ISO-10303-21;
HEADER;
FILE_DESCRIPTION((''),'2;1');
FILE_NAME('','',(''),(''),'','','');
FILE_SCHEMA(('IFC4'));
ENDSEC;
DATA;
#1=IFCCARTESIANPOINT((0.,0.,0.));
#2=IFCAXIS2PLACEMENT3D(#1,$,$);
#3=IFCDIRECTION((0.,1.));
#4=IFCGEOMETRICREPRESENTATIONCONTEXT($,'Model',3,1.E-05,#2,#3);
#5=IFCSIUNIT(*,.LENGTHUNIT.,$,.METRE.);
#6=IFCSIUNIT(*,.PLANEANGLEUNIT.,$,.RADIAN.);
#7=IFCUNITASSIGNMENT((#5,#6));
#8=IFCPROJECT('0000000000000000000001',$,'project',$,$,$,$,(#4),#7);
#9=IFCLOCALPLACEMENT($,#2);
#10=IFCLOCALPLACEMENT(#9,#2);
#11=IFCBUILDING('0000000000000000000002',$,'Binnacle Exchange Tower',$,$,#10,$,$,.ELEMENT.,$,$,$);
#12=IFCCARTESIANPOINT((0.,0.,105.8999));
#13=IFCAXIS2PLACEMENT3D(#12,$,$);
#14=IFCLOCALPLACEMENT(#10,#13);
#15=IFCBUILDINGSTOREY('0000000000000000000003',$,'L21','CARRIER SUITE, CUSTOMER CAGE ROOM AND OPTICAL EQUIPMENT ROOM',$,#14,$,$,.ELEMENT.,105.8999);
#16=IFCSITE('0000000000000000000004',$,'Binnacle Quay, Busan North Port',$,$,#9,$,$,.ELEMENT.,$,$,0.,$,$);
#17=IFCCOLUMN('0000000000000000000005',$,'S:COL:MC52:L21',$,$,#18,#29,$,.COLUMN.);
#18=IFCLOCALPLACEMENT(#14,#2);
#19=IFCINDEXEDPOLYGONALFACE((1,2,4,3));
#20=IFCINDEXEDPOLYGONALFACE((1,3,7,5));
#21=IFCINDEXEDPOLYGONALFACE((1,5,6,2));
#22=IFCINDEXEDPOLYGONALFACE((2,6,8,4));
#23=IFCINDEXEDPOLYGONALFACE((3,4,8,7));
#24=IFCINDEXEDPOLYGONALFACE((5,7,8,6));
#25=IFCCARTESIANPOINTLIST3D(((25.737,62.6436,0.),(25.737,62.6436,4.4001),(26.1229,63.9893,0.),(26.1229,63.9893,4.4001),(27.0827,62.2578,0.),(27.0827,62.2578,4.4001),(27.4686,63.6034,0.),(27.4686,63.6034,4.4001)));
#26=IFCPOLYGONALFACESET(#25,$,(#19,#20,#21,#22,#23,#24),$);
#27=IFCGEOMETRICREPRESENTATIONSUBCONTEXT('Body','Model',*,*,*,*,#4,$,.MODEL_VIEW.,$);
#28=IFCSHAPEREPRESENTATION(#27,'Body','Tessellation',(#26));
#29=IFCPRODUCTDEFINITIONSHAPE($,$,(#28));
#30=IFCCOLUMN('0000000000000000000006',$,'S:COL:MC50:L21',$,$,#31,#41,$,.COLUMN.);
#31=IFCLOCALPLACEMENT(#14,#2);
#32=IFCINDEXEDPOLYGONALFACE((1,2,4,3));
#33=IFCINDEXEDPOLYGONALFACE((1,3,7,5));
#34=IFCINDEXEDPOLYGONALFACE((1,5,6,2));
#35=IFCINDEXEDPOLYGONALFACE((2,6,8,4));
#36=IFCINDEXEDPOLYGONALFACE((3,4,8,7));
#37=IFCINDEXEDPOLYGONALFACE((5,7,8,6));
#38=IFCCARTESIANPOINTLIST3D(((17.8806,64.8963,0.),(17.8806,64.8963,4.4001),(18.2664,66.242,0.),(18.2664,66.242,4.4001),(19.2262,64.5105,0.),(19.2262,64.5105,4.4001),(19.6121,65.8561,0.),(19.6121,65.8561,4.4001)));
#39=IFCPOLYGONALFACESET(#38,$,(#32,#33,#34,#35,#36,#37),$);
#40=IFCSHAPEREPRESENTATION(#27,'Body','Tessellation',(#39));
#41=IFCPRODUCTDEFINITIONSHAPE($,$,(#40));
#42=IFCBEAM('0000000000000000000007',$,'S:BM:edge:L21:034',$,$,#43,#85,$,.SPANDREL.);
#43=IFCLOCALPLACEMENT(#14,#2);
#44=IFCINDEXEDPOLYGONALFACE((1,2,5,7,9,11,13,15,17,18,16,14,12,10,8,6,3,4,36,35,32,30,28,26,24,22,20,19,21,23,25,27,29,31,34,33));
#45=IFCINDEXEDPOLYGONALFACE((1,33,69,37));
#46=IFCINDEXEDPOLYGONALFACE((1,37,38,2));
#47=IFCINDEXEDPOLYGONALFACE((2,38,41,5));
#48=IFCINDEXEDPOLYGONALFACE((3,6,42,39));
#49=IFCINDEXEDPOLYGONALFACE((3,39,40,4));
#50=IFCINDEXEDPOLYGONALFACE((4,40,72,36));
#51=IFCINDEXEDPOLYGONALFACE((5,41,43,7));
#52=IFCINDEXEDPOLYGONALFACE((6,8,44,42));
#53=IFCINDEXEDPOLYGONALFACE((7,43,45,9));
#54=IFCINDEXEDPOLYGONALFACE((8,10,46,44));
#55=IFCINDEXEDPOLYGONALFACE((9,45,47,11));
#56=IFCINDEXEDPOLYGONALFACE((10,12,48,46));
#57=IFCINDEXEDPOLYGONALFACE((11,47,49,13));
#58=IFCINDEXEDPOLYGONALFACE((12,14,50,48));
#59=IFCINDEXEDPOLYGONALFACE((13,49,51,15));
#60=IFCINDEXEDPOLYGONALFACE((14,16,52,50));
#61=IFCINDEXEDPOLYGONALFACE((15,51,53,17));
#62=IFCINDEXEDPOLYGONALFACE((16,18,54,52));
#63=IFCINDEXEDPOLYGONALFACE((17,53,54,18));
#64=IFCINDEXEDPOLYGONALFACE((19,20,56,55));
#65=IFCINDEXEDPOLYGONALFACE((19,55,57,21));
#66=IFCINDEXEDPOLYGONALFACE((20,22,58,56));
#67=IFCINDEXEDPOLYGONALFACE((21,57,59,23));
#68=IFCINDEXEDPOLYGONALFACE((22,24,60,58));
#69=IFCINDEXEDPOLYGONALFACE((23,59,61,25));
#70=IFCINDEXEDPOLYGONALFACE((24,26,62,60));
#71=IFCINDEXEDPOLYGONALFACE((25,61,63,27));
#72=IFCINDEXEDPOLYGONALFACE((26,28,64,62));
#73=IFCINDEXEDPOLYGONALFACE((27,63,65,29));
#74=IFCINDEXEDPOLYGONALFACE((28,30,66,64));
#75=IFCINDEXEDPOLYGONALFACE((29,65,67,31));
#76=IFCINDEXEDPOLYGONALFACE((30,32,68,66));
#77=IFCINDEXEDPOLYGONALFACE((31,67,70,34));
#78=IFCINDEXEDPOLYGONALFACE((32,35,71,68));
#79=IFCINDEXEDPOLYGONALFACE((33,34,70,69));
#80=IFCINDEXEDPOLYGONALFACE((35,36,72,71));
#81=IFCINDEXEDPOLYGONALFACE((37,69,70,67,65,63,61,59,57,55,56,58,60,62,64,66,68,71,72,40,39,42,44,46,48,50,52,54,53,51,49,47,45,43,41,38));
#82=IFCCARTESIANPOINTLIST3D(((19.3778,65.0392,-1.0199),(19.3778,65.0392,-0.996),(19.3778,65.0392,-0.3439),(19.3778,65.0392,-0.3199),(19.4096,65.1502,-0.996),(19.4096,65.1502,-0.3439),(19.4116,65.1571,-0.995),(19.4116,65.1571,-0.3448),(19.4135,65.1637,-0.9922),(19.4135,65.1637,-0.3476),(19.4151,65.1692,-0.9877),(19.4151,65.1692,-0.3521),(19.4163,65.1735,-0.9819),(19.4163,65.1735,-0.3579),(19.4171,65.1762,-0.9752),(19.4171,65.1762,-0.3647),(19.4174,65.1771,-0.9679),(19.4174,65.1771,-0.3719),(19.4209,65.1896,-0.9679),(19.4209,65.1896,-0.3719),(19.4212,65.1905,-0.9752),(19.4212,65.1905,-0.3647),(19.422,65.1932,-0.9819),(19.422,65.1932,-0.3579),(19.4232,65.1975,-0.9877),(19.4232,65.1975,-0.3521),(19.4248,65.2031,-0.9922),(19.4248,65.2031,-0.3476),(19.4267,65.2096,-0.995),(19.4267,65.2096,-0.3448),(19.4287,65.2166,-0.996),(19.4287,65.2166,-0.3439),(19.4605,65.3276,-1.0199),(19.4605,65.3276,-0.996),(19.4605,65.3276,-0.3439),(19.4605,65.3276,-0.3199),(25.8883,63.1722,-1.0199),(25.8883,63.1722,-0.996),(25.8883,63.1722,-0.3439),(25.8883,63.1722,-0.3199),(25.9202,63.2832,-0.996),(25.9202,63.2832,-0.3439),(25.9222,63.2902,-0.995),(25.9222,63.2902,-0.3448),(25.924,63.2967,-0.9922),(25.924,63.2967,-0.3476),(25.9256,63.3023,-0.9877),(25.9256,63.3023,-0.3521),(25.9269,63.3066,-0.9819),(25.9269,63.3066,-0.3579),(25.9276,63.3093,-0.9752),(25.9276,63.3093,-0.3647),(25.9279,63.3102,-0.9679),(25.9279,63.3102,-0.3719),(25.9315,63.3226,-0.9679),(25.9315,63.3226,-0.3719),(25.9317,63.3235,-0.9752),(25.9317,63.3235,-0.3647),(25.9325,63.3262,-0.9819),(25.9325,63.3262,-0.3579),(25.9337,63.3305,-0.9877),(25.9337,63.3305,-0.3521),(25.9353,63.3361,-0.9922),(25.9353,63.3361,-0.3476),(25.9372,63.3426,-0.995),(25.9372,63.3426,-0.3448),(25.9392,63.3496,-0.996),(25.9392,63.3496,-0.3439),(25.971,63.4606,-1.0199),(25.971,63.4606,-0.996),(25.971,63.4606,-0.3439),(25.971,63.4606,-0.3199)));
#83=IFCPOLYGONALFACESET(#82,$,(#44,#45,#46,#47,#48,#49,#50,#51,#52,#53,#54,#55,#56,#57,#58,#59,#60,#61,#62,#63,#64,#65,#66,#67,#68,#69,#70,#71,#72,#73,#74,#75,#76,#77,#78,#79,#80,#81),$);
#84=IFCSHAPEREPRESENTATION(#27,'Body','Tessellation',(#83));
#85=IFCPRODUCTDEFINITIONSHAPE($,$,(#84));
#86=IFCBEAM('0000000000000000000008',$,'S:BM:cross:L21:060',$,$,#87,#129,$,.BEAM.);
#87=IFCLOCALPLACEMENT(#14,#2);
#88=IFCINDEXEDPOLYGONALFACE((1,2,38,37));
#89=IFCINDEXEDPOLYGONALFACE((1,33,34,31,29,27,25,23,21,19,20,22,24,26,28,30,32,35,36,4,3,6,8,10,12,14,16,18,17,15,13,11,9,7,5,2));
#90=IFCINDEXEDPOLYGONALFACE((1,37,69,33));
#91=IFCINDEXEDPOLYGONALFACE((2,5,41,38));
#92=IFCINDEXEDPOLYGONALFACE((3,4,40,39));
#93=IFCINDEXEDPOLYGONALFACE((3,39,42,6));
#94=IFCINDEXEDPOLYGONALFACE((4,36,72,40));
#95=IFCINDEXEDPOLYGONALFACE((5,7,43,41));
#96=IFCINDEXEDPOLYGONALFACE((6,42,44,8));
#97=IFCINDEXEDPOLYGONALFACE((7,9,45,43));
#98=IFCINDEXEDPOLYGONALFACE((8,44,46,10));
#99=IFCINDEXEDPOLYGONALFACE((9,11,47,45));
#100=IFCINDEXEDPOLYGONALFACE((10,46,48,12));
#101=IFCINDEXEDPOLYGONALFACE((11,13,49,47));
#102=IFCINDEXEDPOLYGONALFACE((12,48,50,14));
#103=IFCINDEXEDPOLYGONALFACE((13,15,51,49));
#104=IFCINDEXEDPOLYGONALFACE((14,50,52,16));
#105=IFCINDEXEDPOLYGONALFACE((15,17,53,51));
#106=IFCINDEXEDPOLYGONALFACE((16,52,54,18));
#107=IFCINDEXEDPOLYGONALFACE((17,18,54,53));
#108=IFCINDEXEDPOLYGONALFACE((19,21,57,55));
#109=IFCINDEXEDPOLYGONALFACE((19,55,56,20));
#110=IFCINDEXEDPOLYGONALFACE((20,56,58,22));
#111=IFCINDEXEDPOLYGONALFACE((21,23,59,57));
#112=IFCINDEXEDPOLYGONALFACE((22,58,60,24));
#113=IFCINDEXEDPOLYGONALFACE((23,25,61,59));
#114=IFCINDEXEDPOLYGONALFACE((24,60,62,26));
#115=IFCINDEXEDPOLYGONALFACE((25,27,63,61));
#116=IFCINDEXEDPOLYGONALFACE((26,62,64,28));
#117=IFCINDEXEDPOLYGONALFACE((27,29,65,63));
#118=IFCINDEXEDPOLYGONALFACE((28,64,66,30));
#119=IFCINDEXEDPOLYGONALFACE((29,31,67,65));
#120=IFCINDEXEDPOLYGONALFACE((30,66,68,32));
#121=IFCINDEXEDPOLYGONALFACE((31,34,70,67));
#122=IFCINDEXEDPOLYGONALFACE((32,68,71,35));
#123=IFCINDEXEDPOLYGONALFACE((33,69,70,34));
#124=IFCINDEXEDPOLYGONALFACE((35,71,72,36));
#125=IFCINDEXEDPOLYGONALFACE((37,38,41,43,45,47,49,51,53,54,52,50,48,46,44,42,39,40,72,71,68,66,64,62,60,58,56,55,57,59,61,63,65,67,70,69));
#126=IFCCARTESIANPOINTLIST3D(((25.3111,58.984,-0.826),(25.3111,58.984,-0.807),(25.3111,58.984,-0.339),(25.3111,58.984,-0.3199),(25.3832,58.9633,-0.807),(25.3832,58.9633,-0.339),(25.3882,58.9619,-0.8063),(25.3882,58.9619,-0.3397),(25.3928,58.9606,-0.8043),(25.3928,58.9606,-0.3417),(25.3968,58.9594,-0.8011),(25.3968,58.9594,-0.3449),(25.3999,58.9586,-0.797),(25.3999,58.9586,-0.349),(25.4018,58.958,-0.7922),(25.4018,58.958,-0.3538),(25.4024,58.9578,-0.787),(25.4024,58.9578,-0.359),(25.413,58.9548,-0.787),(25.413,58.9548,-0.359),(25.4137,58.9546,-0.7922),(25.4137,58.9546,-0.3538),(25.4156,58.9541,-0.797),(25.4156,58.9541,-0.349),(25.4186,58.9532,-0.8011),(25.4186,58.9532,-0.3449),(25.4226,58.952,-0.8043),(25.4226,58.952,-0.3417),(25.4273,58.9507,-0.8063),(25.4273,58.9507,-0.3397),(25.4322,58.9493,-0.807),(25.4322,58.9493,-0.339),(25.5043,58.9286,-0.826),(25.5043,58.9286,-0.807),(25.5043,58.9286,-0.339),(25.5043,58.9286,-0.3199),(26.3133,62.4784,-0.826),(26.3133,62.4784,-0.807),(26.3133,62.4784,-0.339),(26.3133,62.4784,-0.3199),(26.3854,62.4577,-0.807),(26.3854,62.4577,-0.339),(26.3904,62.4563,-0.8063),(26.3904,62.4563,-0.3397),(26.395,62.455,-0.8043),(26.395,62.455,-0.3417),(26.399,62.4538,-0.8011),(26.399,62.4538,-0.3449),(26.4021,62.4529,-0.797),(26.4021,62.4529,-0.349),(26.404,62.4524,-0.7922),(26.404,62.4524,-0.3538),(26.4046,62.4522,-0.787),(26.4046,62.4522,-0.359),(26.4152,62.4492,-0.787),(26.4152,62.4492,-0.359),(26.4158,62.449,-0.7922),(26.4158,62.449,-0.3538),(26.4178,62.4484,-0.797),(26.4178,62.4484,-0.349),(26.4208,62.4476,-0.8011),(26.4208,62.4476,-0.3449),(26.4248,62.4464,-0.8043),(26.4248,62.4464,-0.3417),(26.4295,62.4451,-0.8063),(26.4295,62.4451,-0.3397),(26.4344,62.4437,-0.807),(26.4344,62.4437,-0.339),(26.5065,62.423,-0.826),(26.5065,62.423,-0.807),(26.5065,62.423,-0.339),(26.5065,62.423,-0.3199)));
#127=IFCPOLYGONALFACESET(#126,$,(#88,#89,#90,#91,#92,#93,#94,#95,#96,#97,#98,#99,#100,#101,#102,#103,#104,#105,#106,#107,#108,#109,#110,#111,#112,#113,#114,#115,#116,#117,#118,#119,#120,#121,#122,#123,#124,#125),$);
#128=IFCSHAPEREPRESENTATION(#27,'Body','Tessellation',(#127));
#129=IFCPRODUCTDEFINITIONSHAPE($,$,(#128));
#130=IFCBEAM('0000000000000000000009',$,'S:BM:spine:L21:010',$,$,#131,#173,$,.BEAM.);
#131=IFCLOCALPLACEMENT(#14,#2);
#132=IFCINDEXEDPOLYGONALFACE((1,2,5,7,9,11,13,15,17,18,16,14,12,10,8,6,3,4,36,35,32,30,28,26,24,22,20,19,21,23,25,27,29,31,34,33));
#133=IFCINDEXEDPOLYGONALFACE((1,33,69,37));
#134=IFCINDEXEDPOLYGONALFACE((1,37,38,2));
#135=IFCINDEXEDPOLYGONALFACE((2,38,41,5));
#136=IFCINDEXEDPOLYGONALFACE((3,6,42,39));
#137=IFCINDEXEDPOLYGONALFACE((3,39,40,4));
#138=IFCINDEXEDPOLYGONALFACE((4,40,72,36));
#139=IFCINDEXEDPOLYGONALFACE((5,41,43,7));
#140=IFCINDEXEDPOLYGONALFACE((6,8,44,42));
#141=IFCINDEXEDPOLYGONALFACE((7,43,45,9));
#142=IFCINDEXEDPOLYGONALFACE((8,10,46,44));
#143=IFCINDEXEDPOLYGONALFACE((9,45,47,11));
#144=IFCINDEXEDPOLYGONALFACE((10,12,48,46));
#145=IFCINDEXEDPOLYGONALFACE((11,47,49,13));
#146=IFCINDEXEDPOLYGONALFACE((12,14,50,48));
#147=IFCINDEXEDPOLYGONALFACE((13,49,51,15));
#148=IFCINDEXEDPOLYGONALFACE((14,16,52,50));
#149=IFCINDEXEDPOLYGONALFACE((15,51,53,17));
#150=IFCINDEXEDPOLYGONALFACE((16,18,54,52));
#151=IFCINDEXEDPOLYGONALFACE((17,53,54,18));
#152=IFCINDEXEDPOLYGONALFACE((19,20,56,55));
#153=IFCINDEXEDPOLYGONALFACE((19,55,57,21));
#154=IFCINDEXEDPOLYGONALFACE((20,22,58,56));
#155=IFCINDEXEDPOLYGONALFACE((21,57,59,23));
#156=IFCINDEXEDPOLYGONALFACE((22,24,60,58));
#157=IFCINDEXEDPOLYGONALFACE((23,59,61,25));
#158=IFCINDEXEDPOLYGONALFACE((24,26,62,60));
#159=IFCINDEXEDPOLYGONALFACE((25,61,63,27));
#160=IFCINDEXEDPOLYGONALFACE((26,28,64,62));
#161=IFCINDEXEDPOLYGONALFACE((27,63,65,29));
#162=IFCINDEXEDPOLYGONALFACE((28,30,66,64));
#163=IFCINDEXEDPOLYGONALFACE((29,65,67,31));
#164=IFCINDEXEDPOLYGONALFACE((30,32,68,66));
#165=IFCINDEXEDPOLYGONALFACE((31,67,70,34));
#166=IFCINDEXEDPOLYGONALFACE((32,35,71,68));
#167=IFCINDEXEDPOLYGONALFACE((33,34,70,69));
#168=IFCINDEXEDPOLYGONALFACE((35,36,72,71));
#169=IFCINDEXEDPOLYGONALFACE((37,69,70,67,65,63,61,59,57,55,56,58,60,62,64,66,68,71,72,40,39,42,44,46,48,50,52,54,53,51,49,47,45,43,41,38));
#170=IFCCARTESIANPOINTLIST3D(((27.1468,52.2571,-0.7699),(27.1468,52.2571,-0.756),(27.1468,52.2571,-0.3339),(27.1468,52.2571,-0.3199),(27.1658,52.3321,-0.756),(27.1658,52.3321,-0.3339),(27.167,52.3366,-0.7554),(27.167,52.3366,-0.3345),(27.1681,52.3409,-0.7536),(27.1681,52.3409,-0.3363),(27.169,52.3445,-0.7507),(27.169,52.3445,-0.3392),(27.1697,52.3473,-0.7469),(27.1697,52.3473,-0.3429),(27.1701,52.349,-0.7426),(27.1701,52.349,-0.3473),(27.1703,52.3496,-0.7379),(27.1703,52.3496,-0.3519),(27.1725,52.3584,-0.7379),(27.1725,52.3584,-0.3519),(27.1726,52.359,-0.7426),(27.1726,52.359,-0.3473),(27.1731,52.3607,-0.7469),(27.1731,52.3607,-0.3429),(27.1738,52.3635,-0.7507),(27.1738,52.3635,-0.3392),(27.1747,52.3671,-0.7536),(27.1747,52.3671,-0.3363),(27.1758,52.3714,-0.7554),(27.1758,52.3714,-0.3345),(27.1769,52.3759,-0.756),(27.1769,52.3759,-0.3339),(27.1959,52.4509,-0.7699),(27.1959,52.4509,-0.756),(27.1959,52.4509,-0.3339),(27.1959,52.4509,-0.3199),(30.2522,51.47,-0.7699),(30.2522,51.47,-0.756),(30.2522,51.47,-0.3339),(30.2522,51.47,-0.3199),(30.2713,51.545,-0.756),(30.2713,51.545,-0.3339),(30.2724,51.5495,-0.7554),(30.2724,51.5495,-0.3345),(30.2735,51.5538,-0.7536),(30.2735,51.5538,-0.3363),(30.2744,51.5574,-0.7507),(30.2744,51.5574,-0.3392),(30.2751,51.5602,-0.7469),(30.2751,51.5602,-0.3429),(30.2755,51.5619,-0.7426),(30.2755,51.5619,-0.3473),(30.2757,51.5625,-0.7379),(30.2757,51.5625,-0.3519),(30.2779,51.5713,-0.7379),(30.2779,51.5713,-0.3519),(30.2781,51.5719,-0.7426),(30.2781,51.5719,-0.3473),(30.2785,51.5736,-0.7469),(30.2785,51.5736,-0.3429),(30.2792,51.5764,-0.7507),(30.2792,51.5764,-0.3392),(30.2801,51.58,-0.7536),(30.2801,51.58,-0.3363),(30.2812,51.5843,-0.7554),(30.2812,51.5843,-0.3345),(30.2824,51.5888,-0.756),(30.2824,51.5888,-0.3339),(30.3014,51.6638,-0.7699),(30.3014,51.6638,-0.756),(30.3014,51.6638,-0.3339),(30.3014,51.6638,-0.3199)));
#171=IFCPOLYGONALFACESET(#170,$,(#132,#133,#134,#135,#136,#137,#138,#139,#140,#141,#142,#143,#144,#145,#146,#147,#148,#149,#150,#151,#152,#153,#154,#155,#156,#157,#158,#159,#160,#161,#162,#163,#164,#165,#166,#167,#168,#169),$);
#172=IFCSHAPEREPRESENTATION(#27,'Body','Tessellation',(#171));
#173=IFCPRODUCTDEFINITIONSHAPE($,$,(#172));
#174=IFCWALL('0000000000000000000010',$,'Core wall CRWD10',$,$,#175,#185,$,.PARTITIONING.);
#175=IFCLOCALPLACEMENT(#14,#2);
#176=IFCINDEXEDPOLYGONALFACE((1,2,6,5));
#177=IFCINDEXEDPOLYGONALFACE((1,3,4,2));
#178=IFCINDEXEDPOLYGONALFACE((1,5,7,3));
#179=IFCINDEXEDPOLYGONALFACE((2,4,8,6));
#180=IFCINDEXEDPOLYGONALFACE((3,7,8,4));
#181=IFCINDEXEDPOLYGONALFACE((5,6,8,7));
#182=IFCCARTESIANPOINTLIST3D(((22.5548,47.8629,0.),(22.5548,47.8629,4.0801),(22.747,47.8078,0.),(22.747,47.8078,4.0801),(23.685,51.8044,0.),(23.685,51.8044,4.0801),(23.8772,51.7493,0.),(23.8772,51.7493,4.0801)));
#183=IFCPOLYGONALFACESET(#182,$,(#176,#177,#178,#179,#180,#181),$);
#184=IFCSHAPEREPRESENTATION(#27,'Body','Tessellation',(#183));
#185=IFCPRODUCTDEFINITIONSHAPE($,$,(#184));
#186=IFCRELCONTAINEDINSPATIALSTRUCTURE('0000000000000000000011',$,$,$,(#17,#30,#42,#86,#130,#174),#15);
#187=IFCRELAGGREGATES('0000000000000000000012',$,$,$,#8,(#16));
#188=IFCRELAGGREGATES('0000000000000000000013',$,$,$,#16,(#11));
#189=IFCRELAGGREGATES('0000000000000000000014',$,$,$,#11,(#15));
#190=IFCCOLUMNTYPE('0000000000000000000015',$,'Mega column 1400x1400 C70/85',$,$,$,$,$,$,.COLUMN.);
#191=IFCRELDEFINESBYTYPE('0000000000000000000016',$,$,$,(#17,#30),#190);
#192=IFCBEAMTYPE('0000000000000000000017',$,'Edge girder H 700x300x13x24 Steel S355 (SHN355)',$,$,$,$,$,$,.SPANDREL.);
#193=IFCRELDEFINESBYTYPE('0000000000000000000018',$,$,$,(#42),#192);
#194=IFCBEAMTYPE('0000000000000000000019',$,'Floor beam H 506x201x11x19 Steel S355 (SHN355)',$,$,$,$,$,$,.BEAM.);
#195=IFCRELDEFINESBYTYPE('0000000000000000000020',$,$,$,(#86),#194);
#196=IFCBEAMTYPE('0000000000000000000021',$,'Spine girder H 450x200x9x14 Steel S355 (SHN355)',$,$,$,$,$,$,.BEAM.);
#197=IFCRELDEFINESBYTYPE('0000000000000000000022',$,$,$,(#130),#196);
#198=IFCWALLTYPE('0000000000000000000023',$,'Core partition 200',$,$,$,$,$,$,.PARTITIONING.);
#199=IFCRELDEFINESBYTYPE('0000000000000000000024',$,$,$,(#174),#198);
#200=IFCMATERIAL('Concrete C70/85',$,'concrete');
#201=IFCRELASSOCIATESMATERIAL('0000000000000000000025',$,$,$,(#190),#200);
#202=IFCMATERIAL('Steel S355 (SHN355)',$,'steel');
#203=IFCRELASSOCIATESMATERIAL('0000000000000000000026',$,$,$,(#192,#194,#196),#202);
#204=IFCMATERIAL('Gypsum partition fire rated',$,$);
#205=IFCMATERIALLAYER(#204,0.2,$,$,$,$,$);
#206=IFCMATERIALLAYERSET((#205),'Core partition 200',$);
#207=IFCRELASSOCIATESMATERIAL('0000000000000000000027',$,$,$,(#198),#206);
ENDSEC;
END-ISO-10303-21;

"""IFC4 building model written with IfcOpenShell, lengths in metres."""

from ifc_helpers import new_model, si_unit, direction, frame, frame_2d, origin, origin_2d, place, context, subcontext, project, spatial, rectangle, i_section, extrude, material, layer, layer_set, material_profile, profile_set, type_object, element, save


model = new_model("IFC4")

# Units and contexts
model_context = context("Model", 3, precision=1e-05, world=origin(), true_north=direction((0.0, 1.0)))
body_context = subcontext(model_context, "Body", "Model", "MODEL_VIEW")
ifc_project = project(units=[si_unit("LENGTHUNIT", "METRE"), si_unit("PLANEANGLEUNIT", "RADIAN")], contexts=[model_context])

# Site, building, storey
site_placement = place(None, origin())
site = spatial("IfcSite", under=ifc_project, at=site_placement, Name="Binnacle Quay, Busan North Port", CompositionType="ELEMENT", RefElevation=0.0)
building_placement = place(site_placement, origin())
building = spatial("IfcBuilding", under=site, at=building_placement, Name="Binnacle Exchange Tower", CompositionType="ELEMENT")
storey_placement = place(building_placement, frame((0.0, 0.0, 105.8999)))
storey = spatial("IfcBuildingStorey", under=building, at=storey_placement, Name="L21", Description="CARRIER SUITE, CUSTOMER CAGE ROOM AND OPTICAL EQUIPMENT ROOM", CompositionType="ELEMENT", Elevation=105.8999)

# Columns
ifc_material_1 = material(Name="Concrete C70/85", Category="concrete")
ifc_material_profile_1 = material_profile(ifc_material_1, rectangle(XDim=1.3999, YDim=1.3999, at=origin_2d()), Name="Mega column 1400x1400 C70/85")
ifc_profile_set_1 = profile_set([ifc_material_profile_1], Name="Concrete C70/85")
column_type = type_object("IfcColumnType", Name="Mega column 1400x1400 C70/85", PredefinedType="COLUMN", material=ifc_profile_set_1)
for number, where, z_axis, x_axis, name in (
    (1, (26.6028, 63.1235, 0.0), (0.0, 0.0, 1.0), (-0.961262, 0.275637, 0.0), "S:COL:MC52:L21"),
    (2, (18.7463, 65.3762, 0.0), (0.0, 0.0, 1.0), (-0.961262, 0.275637, 0.0), "S:COL:MC50:L21"),
):
    element("IfcColumn", number, at=place(storey_placement, frame(where, z_axis=z_axis, x_axis=x_axis)), inside=storey, type_object=column_type, Name=name, PredefinedType="COLUMN", context=body_context, shape_type="SweptSolid", body=[
        extrude(rectangle(XDim=1.3999, YDim=1.3999, at=origin_2d()), origin(), (0.0, 0.0, 1.0), 4.4001),
    ])

# Beams
ifc_material_2 = material(Name="Steel S355 (SHN355)", Category="steel")
ifc_material_profile_2 = material_profile(ifc_material_2, i_section(OverallWidth=0.3, OverallDepth=0.7, WebThickness=0.0129, FlangeThickness=0.0239, FilletRadius=0.0281, at=origin_2d()), Name="H 700x300x13x24")
ifc_profile_set_2 = profile_set([ifc_material_profile_2], Name="Steel S355 (SHN355)")
beam_type_1 = type_object("IfcBeamType", Name="Edge girder H 700x300x13x24 Steel S355 (SHN355)", PredefinedType="SPANDREL", material=ifc_profile_set_2)
beam_1_placement = place(storey_placement, frame((25.9297, 63.3164, -0.6699), z_axis=(-0.961258, 0.275649, 0.0), x_axis=(-0.275649, -0.961258, 0.0)))
element("IfcBeam", 3, at=beam_1_placement, inside=storey, type_object=beam_type_1, Name="S:BM:edge:L21:034", PredefinedType="SPANDREL", context=body_context, shape_type="SweptSolid", body=[
    extrude(i_section(OverallWidth=0.3, OverallDepth=0.7, WebThickness=0.0129, FlangeThickness=0.0239, FilletRadius=0.0281, at=origin_2d()), origin(), (0.0, 0.0, 1.0), 6.7729),
])
ifc_material_profile_3 = material_profile(ifc_material_2, i_section(OverallWidth=0.2009, OverallDepth=0.5061, WebThickness=0.011, FlangeThickness=0.019, FilletRadius=0.02, at=origin_2d()), Name="H 506x201x11x19")
ifc_profile_set_3 = profile_set([ifc_material_profile_3], Name="Steel S355 (SHN355)")
beam_type_2 = type_object("IfcBeamType", Name="Floor beam H 506x201x11x19 Steel S355 (SHN355)", PredefinedType="BEAM", material=ifc_profile_set_3)
beam_2_placement = place(storey_placement, frame((26.4099, 62.4507, -0.573), z_axis=(-0.275688, -0.961247, 0.0), x_axis=(0.961247, -0.275688, 0.0)))
element("IfcBeam", 4, at=beam_2_placement, inside=storey, type_object=beam_type_2, Name="S:BM:cross:L21:060", PredefinedType="BEAM", context=body_context, shape_type="SweptSolid", body=[
    extrude(i_section(OverallWidth=0.2009, OverallDepth=0.5061, WebThickness=0.011, FlangeThickness=0.019, FilletRadius=0.02, at=origin_2d()), origin(), (0.0, 0.0, 1.0), 3.6353),
])
ifc_material_profile_4 = material_profile(ifc_material_2, i_section(OverallWidth=0.2, OverallDepth=0.45, WebThickness=0.009, FlangeThickness=0.0139, FilletRadius=0.0181, at=origin_2d()), Name="H 450x200x9x14")
ifc_profile_set_4 = profile_set([ifc_material_profile_4], Name="Steel S355 (SHN355)")
beam_type_3 = type_object("IfcBeamType", Name="Spine girder H 450x200x9x14 Steel S355 (SHN355)", PredefinedType="BEAM", material=ifc_profile_set_4)
beam_3_placement = place(storey_placement, frame((27.1714, 52.354, -0.5449), z_axis=(0.969348, -0.24569, 0.0), x_axis=(0.24569, 0.969348, 0.0)))
element("IfcBeam", 5, at=beam_3_placement, inside=storey, type_object=beam_type_3, Name="S:BM:spine:L21:010", PredefinedType="BEAM", context=body_context, shape_type="SweptSolid", body=[
    extrude(i_section(OverallWidth=0.2, OverallDepth=0.45, WebThickness=0.009, FlangeThickness=0.0139, FilletRadius=0.0181, at=origin_2d()), origin(), (0.0, 0.0, 1.0), 3.2036),
])

# Wall
ifc_material_3 = material(Name="Gypsum partition fire rated")
ifc_layer_1 = layer(ifc_material_3, 0.2)
ifc_layer_set_1 = layer_set([ifc_layer_1], Name="Core partition 200")
wall_type_1 = type_object("IfcWallType", Name="Core partition 200", PredefinedType="PARTITIONING", material=ifc_layer_set_1)
wall_1_placement = place(storey_placement, frame((22.6509, 47.8352, 0.0), z_axis=(0.0, 0.0, 1.0), x_axis=(0.275625, 0.961265, 0.0)))
element("IfcWall", 6, at=wall_1_placement, inside=storey, type_object=wall_type_1, Name="Core wall CRWD10", PredefinedType="PARTITIONING", context=body_context, shape_type="SweptSolid", body=[
    extrude(rectangle(XDim=4.1003, YDim=0.2, at=frame_2d((2.0503, 0.0))), origin(), (0.0, 0.0, 1.0), 4.0801),
])

save(model, "model.ifc")
